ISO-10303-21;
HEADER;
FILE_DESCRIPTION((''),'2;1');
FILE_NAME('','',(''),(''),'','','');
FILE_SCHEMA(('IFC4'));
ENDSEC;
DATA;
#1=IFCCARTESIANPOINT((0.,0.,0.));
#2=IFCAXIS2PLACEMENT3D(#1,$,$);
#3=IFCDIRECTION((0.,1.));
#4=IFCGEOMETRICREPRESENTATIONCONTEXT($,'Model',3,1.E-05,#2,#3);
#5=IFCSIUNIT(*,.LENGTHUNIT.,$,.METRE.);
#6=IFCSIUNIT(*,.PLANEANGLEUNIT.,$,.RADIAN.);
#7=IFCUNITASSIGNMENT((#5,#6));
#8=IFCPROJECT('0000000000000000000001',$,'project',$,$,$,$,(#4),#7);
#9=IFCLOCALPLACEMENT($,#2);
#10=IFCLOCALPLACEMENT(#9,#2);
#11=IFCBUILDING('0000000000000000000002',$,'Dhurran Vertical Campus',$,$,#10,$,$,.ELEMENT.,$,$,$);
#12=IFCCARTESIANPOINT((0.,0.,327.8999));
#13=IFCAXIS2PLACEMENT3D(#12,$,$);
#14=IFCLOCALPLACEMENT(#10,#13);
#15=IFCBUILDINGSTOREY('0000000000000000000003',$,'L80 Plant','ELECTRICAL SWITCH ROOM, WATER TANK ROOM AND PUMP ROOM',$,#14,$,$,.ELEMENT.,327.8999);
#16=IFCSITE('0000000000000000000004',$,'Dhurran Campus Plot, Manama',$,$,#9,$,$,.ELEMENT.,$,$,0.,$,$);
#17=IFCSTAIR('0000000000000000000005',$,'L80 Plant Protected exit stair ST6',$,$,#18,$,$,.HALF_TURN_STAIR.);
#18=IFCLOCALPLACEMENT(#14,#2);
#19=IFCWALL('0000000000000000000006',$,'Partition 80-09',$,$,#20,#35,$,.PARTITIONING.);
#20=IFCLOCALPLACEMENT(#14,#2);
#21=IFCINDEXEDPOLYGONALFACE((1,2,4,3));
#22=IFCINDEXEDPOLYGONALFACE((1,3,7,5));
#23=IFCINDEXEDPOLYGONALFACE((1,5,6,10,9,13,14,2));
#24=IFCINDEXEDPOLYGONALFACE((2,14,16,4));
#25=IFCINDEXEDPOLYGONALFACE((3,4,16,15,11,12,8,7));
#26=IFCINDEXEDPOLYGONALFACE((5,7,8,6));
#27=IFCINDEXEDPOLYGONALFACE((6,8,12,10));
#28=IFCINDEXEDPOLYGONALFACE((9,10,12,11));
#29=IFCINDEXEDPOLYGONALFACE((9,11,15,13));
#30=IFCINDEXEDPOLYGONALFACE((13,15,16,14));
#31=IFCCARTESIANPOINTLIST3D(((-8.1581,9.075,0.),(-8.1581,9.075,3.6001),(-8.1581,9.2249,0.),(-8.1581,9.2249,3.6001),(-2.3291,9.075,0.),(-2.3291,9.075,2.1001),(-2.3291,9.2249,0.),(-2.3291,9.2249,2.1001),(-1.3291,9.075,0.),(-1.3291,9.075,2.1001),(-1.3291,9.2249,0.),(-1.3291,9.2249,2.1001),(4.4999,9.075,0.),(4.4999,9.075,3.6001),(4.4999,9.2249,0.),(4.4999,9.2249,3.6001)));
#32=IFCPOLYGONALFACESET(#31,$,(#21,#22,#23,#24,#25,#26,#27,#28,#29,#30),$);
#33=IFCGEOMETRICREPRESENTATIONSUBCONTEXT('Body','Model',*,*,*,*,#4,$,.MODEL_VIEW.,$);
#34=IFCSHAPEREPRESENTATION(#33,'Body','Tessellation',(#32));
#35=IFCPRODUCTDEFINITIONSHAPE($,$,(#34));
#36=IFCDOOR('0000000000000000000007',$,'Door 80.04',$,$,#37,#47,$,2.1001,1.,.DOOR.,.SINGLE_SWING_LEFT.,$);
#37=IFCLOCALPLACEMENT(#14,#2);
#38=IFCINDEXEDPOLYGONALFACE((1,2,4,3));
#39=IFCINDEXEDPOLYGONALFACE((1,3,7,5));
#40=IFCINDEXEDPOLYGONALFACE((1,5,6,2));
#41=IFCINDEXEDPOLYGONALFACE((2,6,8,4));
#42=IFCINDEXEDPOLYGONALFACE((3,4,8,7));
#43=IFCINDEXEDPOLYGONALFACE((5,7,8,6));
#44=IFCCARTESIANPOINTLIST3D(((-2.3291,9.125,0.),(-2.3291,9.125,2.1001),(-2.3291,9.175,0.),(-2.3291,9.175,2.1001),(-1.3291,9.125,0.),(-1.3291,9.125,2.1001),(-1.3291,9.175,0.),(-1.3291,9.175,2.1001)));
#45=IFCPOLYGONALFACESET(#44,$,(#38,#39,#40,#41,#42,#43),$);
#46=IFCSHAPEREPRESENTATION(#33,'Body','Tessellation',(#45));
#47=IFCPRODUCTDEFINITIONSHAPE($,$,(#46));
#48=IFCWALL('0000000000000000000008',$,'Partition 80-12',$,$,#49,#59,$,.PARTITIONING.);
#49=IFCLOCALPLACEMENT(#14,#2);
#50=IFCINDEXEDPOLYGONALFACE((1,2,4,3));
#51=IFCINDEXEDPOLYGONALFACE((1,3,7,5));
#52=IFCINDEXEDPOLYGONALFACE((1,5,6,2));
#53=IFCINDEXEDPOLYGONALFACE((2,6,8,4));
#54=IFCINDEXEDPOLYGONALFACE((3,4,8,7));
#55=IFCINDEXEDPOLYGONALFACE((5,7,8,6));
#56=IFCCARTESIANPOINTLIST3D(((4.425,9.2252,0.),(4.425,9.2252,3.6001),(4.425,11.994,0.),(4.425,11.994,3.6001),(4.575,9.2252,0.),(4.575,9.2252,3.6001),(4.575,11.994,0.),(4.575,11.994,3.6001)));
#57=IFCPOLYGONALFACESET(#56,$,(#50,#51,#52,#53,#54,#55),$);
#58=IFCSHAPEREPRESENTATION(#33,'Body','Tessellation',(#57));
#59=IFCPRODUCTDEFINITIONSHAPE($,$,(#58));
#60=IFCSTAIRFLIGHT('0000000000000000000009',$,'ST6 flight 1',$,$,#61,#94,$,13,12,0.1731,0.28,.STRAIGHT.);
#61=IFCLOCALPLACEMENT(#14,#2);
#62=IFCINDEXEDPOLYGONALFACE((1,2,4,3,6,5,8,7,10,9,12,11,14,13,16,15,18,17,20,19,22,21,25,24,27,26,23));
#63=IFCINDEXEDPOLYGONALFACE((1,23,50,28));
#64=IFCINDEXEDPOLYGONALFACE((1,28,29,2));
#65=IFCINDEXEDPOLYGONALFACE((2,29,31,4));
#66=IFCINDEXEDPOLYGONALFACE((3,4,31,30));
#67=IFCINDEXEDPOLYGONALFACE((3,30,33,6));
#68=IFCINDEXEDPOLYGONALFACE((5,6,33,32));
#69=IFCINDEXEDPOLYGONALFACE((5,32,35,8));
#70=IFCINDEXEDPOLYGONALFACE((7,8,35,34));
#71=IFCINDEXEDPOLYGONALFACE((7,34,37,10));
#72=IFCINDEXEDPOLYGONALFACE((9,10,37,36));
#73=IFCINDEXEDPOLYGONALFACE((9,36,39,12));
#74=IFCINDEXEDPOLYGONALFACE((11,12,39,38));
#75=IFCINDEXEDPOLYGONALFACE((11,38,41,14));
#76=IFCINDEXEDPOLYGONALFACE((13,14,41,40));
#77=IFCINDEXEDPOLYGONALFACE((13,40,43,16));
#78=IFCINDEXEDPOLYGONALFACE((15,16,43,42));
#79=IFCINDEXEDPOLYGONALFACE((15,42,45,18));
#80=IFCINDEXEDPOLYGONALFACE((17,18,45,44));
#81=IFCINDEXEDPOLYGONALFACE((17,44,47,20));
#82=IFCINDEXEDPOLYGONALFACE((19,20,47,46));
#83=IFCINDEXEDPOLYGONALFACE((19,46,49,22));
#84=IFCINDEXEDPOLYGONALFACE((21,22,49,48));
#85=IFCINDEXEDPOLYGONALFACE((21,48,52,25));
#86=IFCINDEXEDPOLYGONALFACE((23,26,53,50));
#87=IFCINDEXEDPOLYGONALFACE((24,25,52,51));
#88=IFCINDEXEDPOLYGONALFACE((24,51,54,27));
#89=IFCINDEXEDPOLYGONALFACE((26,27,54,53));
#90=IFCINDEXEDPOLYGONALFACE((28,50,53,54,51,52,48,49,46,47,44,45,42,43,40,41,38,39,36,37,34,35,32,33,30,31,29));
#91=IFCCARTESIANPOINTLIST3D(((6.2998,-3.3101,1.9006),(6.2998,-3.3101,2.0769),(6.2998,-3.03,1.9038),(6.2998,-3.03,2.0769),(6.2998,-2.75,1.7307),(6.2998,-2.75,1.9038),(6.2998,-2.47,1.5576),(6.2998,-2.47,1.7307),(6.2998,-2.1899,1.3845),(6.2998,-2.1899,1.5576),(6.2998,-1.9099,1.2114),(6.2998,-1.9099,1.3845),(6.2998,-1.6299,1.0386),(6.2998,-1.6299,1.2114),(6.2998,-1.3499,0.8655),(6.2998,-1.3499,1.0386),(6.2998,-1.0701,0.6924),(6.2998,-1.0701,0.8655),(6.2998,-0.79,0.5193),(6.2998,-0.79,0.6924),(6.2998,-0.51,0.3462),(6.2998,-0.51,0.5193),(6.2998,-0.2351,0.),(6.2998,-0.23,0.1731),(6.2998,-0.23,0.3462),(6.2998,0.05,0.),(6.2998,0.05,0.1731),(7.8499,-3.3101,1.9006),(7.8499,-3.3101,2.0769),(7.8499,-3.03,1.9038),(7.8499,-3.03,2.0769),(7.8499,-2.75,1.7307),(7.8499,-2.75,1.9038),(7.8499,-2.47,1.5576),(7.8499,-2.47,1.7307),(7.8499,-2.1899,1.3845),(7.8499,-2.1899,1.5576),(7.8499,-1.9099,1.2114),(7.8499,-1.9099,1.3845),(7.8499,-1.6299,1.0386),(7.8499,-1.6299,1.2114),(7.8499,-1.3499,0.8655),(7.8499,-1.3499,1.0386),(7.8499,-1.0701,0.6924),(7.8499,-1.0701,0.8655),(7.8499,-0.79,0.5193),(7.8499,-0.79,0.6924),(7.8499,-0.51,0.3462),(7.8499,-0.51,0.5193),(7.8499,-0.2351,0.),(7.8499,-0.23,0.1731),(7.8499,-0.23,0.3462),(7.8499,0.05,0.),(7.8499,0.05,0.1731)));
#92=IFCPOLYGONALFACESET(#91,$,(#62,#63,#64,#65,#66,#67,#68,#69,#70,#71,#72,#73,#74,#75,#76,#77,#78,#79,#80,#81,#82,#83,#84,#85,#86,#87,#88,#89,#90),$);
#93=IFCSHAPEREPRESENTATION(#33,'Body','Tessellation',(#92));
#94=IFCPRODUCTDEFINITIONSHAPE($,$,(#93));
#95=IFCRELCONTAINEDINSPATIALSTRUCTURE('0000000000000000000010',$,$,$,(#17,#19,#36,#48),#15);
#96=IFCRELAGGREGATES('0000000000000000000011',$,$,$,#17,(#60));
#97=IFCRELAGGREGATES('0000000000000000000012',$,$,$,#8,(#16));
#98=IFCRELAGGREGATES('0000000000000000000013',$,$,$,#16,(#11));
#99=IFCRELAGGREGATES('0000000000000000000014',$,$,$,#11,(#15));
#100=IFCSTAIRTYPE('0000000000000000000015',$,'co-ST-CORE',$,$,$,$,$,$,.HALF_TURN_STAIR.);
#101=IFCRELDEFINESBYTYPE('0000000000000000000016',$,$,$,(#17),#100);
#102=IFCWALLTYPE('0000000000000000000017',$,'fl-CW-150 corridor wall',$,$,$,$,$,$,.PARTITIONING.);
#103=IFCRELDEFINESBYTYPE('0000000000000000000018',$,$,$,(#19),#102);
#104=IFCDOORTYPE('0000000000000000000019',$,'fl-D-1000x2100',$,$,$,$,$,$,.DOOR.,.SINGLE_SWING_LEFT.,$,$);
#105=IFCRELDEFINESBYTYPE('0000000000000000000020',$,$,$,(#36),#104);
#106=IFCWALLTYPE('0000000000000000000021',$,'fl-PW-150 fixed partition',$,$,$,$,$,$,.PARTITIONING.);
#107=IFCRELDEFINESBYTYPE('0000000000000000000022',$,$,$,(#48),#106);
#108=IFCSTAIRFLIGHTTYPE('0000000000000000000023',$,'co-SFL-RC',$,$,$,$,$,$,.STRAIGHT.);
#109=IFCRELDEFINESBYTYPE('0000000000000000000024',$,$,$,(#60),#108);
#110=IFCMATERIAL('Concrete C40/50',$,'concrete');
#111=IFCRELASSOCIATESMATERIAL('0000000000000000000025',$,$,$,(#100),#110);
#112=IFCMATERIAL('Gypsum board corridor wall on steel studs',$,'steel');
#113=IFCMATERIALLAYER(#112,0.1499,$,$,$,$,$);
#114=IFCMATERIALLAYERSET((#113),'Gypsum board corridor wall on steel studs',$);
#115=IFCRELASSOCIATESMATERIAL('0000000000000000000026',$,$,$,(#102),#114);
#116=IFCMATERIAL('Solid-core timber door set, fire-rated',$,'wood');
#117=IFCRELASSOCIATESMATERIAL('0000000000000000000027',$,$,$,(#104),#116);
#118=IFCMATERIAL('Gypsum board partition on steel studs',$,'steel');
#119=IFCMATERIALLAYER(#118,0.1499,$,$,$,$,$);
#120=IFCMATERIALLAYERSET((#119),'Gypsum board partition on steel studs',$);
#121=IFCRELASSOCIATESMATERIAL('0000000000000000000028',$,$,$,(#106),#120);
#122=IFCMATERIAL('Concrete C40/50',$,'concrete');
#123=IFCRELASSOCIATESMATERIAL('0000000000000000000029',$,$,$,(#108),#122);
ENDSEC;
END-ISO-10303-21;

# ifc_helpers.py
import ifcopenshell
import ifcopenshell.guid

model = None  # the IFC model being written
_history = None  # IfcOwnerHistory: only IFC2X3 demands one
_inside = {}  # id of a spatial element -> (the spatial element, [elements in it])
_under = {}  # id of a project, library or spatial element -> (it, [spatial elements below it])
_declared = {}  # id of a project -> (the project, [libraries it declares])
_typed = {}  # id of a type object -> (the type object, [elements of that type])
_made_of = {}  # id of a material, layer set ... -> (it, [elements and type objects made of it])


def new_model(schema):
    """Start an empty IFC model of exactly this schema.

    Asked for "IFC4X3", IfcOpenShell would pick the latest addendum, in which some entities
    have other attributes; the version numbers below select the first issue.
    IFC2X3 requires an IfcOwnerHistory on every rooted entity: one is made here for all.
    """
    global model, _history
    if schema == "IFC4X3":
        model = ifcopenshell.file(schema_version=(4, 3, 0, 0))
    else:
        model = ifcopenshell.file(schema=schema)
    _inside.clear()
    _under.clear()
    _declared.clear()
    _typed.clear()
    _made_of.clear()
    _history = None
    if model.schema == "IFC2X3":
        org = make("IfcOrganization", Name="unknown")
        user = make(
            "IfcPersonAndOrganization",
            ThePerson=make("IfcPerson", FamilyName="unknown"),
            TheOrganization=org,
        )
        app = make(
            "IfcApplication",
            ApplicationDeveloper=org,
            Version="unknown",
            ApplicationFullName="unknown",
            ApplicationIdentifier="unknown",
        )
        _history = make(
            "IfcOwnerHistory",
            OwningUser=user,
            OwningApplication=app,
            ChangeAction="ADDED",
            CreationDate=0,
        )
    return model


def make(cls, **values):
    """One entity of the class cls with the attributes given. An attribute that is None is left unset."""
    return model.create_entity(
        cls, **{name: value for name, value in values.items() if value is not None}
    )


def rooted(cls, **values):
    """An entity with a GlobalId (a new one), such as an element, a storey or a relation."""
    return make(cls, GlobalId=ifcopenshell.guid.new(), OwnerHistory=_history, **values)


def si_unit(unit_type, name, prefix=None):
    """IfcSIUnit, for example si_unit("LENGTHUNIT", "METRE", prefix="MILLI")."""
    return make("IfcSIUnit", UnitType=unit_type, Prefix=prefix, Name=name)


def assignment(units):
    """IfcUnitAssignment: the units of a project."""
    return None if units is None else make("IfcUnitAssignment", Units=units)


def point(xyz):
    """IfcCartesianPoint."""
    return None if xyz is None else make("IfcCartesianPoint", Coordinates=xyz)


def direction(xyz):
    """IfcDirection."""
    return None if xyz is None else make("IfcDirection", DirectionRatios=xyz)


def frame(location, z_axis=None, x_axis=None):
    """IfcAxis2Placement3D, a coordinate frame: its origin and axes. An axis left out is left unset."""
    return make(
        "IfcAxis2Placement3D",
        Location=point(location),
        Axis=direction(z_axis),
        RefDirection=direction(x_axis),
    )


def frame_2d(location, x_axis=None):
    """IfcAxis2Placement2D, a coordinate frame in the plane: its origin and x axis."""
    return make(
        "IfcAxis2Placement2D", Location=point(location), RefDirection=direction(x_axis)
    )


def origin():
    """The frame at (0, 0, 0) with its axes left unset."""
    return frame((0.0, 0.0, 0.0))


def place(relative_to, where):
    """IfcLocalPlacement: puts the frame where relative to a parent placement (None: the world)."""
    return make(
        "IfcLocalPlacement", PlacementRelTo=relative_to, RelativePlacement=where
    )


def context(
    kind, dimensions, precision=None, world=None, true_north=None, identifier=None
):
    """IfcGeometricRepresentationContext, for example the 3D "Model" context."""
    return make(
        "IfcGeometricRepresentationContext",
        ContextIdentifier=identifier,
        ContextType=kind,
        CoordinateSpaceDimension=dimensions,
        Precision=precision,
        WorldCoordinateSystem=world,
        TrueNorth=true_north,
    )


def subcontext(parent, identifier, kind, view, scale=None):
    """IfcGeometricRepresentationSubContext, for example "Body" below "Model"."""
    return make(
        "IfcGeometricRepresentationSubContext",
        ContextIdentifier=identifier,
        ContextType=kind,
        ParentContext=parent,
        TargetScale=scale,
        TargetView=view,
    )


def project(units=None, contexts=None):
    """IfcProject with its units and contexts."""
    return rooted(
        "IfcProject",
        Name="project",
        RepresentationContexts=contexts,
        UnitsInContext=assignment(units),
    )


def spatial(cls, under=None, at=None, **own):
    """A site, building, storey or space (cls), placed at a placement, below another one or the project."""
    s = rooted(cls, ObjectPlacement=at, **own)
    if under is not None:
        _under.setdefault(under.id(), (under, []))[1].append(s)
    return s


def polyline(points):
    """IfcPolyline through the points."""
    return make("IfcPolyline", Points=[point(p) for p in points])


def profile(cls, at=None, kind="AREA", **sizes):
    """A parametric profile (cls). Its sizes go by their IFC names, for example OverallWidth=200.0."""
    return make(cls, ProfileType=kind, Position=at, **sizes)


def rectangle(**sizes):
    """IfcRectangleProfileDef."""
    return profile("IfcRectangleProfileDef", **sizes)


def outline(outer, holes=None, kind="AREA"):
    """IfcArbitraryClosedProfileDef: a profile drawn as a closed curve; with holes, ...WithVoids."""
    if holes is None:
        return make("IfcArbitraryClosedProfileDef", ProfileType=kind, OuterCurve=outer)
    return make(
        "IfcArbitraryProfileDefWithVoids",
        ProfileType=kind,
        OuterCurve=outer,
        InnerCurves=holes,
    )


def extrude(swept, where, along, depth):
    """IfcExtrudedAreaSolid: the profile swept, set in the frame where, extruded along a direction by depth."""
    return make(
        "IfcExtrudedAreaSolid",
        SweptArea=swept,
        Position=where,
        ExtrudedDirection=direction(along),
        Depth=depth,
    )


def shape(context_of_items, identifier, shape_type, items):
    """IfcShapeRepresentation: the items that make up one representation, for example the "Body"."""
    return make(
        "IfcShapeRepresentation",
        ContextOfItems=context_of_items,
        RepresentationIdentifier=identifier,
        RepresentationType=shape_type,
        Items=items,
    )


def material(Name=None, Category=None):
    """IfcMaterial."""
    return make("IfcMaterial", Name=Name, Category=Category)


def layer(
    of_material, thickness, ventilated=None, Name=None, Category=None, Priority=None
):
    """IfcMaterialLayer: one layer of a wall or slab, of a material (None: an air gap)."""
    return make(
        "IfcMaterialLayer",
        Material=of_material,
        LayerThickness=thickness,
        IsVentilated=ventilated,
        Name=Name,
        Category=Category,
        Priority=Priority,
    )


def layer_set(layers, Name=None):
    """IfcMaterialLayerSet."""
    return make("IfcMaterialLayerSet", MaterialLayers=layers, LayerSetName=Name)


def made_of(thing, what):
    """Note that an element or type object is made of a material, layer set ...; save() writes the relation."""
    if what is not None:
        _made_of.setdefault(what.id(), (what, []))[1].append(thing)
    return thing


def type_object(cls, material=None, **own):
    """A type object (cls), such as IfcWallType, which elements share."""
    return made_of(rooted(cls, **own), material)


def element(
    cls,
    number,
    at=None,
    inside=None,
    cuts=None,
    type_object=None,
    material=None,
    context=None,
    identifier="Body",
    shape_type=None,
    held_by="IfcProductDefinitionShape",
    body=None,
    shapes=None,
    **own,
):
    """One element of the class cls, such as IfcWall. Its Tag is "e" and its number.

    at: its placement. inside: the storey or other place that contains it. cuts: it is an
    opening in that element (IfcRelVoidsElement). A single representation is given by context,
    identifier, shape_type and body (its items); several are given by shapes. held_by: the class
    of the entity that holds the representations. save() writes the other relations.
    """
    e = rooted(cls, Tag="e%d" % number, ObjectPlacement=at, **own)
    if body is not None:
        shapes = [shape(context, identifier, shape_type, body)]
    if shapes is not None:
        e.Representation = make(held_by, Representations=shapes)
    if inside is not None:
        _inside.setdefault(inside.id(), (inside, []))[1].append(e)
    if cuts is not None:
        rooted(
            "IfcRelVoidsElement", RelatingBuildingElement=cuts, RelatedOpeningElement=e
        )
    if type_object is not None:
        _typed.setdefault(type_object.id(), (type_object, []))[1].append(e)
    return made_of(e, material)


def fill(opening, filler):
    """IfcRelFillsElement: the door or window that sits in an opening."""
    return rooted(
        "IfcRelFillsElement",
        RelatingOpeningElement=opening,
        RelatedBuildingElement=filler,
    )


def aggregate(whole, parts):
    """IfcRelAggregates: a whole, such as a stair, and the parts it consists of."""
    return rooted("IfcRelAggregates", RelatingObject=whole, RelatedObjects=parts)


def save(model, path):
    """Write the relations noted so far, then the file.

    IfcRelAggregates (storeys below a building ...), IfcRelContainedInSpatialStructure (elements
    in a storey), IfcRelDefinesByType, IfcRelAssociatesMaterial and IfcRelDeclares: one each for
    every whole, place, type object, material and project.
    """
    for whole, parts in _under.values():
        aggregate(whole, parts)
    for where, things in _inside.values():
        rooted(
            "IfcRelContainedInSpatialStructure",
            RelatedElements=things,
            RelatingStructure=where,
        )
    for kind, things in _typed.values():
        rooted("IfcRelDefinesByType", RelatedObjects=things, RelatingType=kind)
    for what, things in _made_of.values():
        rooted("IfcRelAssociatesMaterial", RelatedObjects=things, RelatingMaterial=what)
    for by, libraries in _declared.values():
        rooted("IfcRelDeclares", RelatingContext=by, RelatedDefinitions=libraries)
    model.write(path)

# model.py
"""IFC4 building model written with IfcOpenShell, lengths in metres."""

from ifc_helpers import new_model, si_unit, direction, frame, frame_2d, origin, place, context, subcontext, project, spatial, polyline, rectangle, outline, extrude, material, layer, layer_set, type_object, element, fill, aggregate, save


model = new_model("IFC4")

# Units and contexts
model_context = context("Model", 3, precision=1e-05, world=origin(), true_north=direction((0.0, 1.0)))
body_context = subcontext(model_context, "Body", "Model", "MODEL_VIEW")
ifc_project = project(units=[si_unit("LENGTHUNIT", "METRE"), si_unit("PLANEANGLEUNIT", "RADIAN")], contexts=[model_context])

# Site, building, storey
site_placement = place(None, origin())
site = spatial("IfcSite", under=ifc_project, at=site_placement, Name="Dhurran Campus Plot, Manama", CompositionType="ELEMENT", RefElevation=0.0)
building_placement = place(site_placement, origin())
building = spatial("IfcBuilding", under=site, at=building_placement, Name="Dhurran Vertical Campus", CompositionType="ELEMENT")
storey_placement = place(building_placement, frame((0.0, 0.0, 327.8999)))
storey = spatial("IfcBuildingStorey", under=building, at=storey_placement, Name="L80 Plant", Description="ELECTRICAL SWITCH ROOM, WATER TANK ROOM AND PUMP ROOM", CompositionType="ELEMENT", Elevation=327.8999)

# Stair
ifc_material_1 = material(Name="Concrete C40/50", Category="concrete")
stair_type = type_object("IfcStairType", Name="co-ST-CORE", PredefinedType="HALF_TURN_STAIR", material=ifc_material_1)
stair_1_placement = place(storey_placement, origin())
stair_1 = element("IfcStair", 1, at=stair_1_placement, inside=storey, type_object=stair_type, Name="L80 Plant Protected exit stair ST6", PredefinedType="HALF_TURN_STAIR")

# Wall, opening, door
ifc_material_2 = material(Name="Gypsum board corridor wall on steel studs", Category="steel")
ifc_layer_1 = layer(ifc_material_2, 0.1499)
ifc_layer_set_1 = layer_set([ifc_layer_1], Name="Gypsum board corridor wall on steel studs")
wall_type_1 = type_object("IfcWallType", Name="fl-CW-150 corridor wall", PredefinedType="PARTITIONING", material=ifc_layer_set_1)
wall_1_placement = place(storey_placement, frame((4.5, 9.1499, 0.0), z_axis=(0.0, 0.0, 1.0), x_axis=(-1.0, 0.0, 0.0)))
wall_1 = element("IfcWall", 2, at=wall_1_placement, inside=storey, type_object=wall_type_1, Name="Partition 80-09", PredefinedType="PARTITIONING", context=body_context, shape_type="SweptSolid", body=[
    extrude(rectangle(XDim=12.658, YDim=0.1499, at=frame_2d((6.3291, 0.0))), origin(), (0.0, 0.0, 1.0), 3.6001),
])
opening_1_placement = place(wall_1_placement, frame((5.8291, 0.0, 0.0)))
opening_1 = element("IfcOpeningElement", 3, at=opening_1_placement, cuts=wall_1, PredefinedType="OPENING", context=body_context, shape_type="SweptSolid", body=[
    extrude(rectangle(XDim=1.0, YDim=2.1001, at=frame_2d((0.5, 1.05))), frame((0.0, 0.085, 0.0), z_axis=(0.0, -1.0, 0.0), x_axis=(1.0, 0.0, 0.0)), (0.0, 0.0, 1.0), 0.1699),
])
ifc_material_3 = material(Name="Solid-core timber door set, fire-rated", Category="wood")
door_type_1 = type_object("IfcDoorType", Name="fl-D-1000x2100", OperationType="SINGLE_SWING_LEFT", PredefinedType="DOOR", material=ifc_material_3)
door_1_placement = place(opening_1_placement, origin())
door_1 = element("IfcDoor", 4, at=door_1_placement, inside=storey, type_object=door_type_1, Name="Door 80.04", OperationType="SINGLE_SWING_LEFT", OverallHeight=2.1001, OverallWidth=1.0, PredefinedType="DOOR", context=body_context, shape_type="SweptSolid", body=[
    extrude(rectangle(XDim=1.0, YDim=2.1001, at=frame_2d((0.5, 1.05))), frame((0.0, 0.0249, 0.0), z_axis=(0.0, -1.0, 0.0), x_axis=(1.0, 0.0, 0.0)), (0.0, 0.0, 1.0), 0.05),
])
fill(opening_1, door_1)

# Wall
ifc_material_4 = material(Name="Gypsum board partition on steel studs", Category="steel")
ifc_layer_2 = layer(ifc_material_4, 0.1499)
ifc_layer_set_2 = layer_set([ifc_layer_2], Name="Gypsum board partition on steel studs")
wall_type_2 = type_object("IfcWallType", Name="fl-PW-150 fixed partition", PredefinedType="PARTITIONING", material=ifc_layer_set_2)
wall_2_placement = place(storey_placement, frame((4.5, 11.9939, 0.0), z_axis=(0.0, 0.0, 1.0), x_axis=(0.0, -1.0, 0.0)))
element("IfcWall", 5, at=wall_2_placement, inside=storey, type_object=wall_type_2, Name="Partition 80-12", PredefinedType="PARTITIONING", context=body_context, shape_type="SweptSolid", body=[
    extrude(rectangle(XDim=2.7688, YDim=0.1499, at=frame_2d((1.3843, 0.0))), origin(), (0.0, 0.0, 1.0), 3.6001),
])

# Stair flight
ifc_material_5 = material(Name="Concrete C40/50", Category="concrete")
stair_flight_type = type_object("IfcStairFlightType", Name="co-SFL-RC", PredefinedType="STRAIGHT", material=ifc_material_5)
stair_flight_placement = place(storey_placement, frame((7.075, 0.05, 0.0), z_axis=(0.0, 0.0, 1.0), x_axis=(0.0, -1.0, 0.0)))
stair_flight = element("IfcStairFlight", 6, at=stair_flight_placement, type_object=stair_flight_type, Name="ST6 flight 1", NumberOfRisers=13, NumberOfTreads=12, PredefinedType="STRAIGHT", RiserHeight=0.1731, TreadLength=0.28, context=body_context, shape_type="SweptSolid", body=[
    extrude(outline(polyline([(0.0, 0.0), (0.0, 0.1731), (0.28, 0.1731), (0.28, 0.3462), (0.5601, 0.3462), (0.5601, 0.5193), (0.8401, 0.5193), (0.8401, 0.6924), (1.1201, 0.6924), (1.1201, 0.8655), (1.3999, 0.8655), (1.3999, 1.0386), (1.6799, 1.0386), (1.6799, 1.2114), (1.96, 1.2114), (1.96, 1.3845), (2.24, 1.3845), (2.24, 1.5576), (2.52, 1.5576), (2.52, 1.7307), (2.8, 1.7307), (2.8, 1.9038), (3.0801, 1.9038), (3.0801, 2.0769), (3.3601, 2.0769), (3.3601, 2.25), (3.3601, 1.9006), (0.2852, 0.0), (0.0, 0.0)])), frame((0.0, 0.7749, 0.0), z_axis=(0.0, -1.0, 0.0), x_axis=(1.0, 0.0, 0.0)), (0.0, 0.0, 1.0), 1.55),
])
aggregate(stair_1, [stair_flight])

save(model, "model.ifc")
